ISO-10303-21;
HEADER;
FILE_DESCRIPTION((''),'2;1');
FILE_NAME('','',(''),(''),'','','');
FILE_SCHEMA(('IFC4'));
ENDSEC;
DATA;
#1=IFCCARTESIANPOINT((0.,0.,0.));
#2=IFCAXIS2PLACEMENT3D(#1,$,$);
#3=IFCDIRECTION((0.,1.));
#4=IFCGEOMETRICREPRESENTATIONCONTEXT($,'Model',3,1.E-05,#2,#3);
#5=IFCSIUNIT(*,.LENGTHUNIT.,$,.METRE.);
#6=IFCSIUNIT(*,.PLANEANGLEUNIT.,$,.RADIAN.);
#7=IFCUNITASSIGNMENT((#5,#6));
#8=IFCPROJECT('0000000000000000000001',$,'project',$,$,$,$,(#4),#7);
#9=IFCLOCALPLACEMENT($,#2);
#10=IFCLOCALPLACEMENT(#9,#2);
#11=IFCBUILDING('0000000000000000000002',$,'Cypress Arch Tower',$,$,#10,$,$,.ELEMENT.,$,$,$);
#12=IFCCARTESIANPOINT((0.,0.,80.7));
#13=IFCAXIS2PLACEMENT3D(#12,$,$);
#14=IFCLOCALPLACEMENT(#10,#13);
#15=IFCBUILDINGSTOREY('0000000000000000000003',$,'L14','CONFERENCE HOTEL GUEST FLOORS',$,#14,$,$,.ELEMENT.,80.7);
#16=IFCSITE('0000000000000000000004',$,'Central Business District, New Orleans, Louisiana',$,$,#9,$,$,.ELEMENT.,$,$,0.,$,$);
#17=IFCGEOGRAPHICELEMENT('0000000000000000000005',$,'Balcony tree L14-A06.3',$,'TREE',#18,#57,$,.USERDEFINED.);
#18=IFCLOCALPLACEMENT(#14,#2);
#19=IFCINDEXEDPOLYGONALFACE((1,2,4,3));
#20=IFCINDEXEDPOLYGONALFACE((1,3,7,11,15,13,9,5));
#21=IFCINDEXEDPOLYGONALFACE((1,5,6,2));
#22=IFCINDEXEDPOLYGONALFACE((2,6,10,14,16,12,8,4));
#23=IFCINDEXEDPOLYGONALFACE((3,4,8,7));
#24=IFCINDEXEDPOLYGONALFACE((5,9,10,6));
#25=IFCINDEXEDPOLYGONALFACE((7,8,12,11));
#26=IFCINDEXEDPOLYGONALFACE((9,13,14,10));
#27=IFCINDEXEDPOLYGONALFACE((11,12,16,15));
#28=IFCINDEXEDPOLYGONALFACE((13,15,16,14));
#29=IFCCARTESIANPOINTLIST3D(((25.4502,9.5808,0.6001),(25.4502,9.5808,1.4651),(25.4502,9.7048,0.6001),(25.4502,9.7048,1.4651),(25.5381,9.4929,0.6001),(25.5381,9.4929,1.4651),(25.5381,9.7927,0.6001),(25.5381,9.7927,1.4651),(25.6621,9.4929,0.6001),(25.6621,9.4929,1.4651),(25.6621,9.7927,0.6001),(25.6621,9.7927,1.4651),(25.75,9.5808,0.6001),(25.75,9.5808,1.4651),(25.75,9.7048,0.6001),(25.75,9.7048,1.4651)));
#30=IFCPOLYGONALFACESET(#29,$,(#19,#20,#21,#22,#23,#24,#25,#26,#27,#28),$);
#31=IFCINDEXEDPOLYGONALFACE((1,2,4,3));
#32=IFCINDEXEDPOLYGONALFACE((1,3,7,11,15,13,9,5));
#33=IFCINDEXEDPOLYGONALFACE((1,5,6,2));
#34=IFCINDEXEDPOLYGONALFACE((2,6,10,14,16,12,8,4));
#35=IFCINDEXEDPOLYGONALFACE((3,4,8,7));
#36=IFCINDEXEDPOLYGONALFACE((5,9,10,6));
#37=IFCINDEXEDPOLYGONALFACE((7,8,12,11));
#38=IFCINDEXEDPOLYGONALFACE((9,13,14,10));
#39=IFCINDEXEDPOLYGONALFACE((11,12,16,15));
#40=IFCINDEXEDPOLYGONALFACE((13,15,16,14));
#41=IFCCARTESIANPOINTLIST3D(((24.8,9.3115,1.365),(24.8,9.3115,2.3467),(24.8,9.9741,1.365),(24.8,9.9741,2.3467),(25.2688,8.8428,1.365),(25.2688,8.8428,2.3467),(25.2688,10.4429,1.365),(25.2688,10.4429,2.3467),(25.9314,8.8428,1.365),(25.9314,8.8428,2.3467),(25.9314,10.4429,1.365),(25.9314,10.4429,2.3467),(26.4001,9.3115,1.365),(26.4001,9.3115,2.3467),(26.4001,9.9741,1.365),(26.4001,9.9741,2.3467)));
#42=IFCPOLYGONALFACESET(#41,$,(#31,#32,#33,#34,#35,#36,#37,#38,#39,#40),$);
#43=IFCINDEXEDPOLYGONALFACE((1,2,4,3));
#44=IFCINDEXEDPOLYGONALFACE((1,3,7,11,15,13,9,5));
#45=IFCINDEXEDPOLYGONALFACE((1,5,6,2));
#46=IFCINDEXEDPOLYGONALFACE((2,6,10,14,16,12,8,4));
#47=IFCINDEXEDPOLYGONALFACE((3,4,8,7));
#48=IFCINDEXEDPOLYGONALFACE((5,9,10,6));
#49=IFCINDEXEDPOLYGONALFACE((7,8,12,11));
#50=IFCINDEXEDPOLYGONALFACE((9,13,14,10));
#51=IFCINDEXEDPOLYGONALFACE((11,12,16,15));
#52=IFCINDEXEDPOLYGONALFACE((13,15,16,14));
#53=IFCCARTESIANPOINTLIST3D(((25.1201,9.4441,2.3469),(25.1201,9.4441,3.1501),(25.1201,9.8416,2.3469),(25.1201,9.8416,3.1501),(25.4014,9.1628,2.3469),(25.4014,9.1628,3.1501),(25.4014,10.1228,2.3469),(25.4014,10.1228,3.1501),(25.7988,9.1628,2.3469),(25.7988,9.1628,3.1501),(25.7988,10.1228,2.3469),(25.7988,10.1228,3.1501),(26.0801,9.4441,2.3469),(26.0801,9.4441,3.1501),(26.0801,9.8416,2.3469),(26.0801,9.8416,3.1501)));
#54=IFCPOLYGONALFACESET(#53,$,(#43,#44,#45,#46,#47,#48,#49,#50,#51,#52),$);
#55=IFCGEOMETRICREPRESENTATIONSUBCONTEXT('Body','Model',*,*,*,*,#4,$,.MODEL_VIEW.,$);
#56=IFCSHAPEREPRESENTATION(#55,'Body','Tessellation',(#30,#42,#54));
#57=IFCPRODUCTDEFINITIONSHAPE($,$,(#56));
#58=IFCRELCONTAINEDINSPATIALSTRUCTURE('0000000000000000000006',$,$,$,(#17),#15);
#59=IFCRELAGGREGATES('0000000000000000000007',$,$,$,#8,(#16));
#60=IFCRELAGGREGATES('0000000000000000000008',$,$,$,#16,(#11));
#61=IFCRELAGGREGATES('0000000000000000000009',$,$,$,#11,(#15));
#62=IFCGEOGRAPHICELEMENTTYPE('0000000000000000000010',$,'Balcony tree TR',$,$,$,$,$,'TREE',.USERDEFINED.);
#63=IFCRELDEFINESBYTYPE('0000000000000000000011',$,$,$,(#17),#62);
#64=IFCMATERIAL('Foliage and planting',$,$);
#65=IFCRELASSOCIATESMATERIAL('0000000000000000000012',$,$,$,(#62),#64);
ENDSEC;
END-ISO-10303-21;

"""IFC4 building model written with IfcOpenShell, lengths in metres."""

from ifc_helpers import new_model, si_unit, direction, frame, origin, place, context, subcontext, project, spatial, polyline, outline, extrude, material, type_object, element, save


model = new_model("IFC4")

# Units and contexts
model_context = context("Model", 3, precision=1e-05, world=origin(), true_north=direction((0.0, 1.0)))
body_context = subcontext(model_context, "Body", "Model", "MODEL_VIEW")
ifc_project = project(units=[si_unit("LENGTHUNIT", "METRE"), si_unit("PLANEANGLEUNIT", "RADIAN")], contexts=[model_context])

# Site, building, storey
site_placement = place(None, origin())
site = spatial("IfcSite", under=ifc_project, at=site_placement, Name="Central Business District, New Orleans, Louisiana", CompositionType="ELEMENT", RefElevation=0.0)
building_placement = place(site_placement, origin())
building = spatial("IfcBuilding", under=site, at=building_placement, Name="Cypress Arch Tower", CompositionType="ELEMENT")
storey_placement = place(building_placement, frame((0.0, 0.0, 80.7)))
storey = spatial("IfcBuildingStorey", under=building, at=storey_placement, Name="L14", Description="CONFERENCE HOTEL GUEST FLOORS", CompositionType="ELEMENT", Elevation=80.7)

# Geographic element
ifc_material_1 = material(Name="Foliage and planting")
geographic_element_type = type_object("IfcGeographicElementType", Name="Balcony tree TR", ElementType="TREE", PredefinedType="USERDEFINED", material=ifc_material_1)
for number, where, z_axis, x_axis, name in (
    (1, (25.6001, 9.6428, 0.6001), (0.0, 0.0, 1.0), (1.0, 0.0, 0.0), "Balcony tree L14-A06.3"),
):
    element("IfcGeographicElement", number, at=place(storey_placement, frame(where, z_axis=z_axis, x_axis=x_axis)), inside=storey, type_object=geographic_element_type, Name=name, ObjectType="TREE", PredefinedType="USERDEFINED", context=body_context, shape_type="SweptSolid", body=[
        extrude(outline(polyline([(0.1499, 0.062), (0.062, 0.1499), (-0.062, 0.1499), (-0.1499, 0.062), (-0.1499, -0.062), (-0.062, -0.1499), (0.062, -0.1499), (0.1499, -0.062), (0.1499, 0.062)])), origin(), (0.0, 0.0, 1.0), 0.865),
        extrude(outline(polyline([(0.8, 0.3313), (0.3313, 0.8), (-0.3313, 0.8), (-0.8, 0.3313), (-0.8, -0.3313), (-0.3313, -0.8), (0.3313, -0.8), (0.8, -0.3313), (0.8, 0.3313)])), frame((0.0, 0.0, 0.7649)), (0.0, 0.0, 1.0), 0.9817),
        extrude(outline(polyline([(0.48, 0.1987), (0.1987, 0.48), (-0.1987, 0.48), (-0.48, 0.1987), (-0.48, -0.1987), (-0.1987, -0.48), (0.1987, -0.48), (0.48, -0.1987), (0.48, 0.1987)])), frame((0.0, 0.0, 1.7468)), (0.0, 0.0, 1.0), 0.8032),
    ])

save(model, "model.ifc")
